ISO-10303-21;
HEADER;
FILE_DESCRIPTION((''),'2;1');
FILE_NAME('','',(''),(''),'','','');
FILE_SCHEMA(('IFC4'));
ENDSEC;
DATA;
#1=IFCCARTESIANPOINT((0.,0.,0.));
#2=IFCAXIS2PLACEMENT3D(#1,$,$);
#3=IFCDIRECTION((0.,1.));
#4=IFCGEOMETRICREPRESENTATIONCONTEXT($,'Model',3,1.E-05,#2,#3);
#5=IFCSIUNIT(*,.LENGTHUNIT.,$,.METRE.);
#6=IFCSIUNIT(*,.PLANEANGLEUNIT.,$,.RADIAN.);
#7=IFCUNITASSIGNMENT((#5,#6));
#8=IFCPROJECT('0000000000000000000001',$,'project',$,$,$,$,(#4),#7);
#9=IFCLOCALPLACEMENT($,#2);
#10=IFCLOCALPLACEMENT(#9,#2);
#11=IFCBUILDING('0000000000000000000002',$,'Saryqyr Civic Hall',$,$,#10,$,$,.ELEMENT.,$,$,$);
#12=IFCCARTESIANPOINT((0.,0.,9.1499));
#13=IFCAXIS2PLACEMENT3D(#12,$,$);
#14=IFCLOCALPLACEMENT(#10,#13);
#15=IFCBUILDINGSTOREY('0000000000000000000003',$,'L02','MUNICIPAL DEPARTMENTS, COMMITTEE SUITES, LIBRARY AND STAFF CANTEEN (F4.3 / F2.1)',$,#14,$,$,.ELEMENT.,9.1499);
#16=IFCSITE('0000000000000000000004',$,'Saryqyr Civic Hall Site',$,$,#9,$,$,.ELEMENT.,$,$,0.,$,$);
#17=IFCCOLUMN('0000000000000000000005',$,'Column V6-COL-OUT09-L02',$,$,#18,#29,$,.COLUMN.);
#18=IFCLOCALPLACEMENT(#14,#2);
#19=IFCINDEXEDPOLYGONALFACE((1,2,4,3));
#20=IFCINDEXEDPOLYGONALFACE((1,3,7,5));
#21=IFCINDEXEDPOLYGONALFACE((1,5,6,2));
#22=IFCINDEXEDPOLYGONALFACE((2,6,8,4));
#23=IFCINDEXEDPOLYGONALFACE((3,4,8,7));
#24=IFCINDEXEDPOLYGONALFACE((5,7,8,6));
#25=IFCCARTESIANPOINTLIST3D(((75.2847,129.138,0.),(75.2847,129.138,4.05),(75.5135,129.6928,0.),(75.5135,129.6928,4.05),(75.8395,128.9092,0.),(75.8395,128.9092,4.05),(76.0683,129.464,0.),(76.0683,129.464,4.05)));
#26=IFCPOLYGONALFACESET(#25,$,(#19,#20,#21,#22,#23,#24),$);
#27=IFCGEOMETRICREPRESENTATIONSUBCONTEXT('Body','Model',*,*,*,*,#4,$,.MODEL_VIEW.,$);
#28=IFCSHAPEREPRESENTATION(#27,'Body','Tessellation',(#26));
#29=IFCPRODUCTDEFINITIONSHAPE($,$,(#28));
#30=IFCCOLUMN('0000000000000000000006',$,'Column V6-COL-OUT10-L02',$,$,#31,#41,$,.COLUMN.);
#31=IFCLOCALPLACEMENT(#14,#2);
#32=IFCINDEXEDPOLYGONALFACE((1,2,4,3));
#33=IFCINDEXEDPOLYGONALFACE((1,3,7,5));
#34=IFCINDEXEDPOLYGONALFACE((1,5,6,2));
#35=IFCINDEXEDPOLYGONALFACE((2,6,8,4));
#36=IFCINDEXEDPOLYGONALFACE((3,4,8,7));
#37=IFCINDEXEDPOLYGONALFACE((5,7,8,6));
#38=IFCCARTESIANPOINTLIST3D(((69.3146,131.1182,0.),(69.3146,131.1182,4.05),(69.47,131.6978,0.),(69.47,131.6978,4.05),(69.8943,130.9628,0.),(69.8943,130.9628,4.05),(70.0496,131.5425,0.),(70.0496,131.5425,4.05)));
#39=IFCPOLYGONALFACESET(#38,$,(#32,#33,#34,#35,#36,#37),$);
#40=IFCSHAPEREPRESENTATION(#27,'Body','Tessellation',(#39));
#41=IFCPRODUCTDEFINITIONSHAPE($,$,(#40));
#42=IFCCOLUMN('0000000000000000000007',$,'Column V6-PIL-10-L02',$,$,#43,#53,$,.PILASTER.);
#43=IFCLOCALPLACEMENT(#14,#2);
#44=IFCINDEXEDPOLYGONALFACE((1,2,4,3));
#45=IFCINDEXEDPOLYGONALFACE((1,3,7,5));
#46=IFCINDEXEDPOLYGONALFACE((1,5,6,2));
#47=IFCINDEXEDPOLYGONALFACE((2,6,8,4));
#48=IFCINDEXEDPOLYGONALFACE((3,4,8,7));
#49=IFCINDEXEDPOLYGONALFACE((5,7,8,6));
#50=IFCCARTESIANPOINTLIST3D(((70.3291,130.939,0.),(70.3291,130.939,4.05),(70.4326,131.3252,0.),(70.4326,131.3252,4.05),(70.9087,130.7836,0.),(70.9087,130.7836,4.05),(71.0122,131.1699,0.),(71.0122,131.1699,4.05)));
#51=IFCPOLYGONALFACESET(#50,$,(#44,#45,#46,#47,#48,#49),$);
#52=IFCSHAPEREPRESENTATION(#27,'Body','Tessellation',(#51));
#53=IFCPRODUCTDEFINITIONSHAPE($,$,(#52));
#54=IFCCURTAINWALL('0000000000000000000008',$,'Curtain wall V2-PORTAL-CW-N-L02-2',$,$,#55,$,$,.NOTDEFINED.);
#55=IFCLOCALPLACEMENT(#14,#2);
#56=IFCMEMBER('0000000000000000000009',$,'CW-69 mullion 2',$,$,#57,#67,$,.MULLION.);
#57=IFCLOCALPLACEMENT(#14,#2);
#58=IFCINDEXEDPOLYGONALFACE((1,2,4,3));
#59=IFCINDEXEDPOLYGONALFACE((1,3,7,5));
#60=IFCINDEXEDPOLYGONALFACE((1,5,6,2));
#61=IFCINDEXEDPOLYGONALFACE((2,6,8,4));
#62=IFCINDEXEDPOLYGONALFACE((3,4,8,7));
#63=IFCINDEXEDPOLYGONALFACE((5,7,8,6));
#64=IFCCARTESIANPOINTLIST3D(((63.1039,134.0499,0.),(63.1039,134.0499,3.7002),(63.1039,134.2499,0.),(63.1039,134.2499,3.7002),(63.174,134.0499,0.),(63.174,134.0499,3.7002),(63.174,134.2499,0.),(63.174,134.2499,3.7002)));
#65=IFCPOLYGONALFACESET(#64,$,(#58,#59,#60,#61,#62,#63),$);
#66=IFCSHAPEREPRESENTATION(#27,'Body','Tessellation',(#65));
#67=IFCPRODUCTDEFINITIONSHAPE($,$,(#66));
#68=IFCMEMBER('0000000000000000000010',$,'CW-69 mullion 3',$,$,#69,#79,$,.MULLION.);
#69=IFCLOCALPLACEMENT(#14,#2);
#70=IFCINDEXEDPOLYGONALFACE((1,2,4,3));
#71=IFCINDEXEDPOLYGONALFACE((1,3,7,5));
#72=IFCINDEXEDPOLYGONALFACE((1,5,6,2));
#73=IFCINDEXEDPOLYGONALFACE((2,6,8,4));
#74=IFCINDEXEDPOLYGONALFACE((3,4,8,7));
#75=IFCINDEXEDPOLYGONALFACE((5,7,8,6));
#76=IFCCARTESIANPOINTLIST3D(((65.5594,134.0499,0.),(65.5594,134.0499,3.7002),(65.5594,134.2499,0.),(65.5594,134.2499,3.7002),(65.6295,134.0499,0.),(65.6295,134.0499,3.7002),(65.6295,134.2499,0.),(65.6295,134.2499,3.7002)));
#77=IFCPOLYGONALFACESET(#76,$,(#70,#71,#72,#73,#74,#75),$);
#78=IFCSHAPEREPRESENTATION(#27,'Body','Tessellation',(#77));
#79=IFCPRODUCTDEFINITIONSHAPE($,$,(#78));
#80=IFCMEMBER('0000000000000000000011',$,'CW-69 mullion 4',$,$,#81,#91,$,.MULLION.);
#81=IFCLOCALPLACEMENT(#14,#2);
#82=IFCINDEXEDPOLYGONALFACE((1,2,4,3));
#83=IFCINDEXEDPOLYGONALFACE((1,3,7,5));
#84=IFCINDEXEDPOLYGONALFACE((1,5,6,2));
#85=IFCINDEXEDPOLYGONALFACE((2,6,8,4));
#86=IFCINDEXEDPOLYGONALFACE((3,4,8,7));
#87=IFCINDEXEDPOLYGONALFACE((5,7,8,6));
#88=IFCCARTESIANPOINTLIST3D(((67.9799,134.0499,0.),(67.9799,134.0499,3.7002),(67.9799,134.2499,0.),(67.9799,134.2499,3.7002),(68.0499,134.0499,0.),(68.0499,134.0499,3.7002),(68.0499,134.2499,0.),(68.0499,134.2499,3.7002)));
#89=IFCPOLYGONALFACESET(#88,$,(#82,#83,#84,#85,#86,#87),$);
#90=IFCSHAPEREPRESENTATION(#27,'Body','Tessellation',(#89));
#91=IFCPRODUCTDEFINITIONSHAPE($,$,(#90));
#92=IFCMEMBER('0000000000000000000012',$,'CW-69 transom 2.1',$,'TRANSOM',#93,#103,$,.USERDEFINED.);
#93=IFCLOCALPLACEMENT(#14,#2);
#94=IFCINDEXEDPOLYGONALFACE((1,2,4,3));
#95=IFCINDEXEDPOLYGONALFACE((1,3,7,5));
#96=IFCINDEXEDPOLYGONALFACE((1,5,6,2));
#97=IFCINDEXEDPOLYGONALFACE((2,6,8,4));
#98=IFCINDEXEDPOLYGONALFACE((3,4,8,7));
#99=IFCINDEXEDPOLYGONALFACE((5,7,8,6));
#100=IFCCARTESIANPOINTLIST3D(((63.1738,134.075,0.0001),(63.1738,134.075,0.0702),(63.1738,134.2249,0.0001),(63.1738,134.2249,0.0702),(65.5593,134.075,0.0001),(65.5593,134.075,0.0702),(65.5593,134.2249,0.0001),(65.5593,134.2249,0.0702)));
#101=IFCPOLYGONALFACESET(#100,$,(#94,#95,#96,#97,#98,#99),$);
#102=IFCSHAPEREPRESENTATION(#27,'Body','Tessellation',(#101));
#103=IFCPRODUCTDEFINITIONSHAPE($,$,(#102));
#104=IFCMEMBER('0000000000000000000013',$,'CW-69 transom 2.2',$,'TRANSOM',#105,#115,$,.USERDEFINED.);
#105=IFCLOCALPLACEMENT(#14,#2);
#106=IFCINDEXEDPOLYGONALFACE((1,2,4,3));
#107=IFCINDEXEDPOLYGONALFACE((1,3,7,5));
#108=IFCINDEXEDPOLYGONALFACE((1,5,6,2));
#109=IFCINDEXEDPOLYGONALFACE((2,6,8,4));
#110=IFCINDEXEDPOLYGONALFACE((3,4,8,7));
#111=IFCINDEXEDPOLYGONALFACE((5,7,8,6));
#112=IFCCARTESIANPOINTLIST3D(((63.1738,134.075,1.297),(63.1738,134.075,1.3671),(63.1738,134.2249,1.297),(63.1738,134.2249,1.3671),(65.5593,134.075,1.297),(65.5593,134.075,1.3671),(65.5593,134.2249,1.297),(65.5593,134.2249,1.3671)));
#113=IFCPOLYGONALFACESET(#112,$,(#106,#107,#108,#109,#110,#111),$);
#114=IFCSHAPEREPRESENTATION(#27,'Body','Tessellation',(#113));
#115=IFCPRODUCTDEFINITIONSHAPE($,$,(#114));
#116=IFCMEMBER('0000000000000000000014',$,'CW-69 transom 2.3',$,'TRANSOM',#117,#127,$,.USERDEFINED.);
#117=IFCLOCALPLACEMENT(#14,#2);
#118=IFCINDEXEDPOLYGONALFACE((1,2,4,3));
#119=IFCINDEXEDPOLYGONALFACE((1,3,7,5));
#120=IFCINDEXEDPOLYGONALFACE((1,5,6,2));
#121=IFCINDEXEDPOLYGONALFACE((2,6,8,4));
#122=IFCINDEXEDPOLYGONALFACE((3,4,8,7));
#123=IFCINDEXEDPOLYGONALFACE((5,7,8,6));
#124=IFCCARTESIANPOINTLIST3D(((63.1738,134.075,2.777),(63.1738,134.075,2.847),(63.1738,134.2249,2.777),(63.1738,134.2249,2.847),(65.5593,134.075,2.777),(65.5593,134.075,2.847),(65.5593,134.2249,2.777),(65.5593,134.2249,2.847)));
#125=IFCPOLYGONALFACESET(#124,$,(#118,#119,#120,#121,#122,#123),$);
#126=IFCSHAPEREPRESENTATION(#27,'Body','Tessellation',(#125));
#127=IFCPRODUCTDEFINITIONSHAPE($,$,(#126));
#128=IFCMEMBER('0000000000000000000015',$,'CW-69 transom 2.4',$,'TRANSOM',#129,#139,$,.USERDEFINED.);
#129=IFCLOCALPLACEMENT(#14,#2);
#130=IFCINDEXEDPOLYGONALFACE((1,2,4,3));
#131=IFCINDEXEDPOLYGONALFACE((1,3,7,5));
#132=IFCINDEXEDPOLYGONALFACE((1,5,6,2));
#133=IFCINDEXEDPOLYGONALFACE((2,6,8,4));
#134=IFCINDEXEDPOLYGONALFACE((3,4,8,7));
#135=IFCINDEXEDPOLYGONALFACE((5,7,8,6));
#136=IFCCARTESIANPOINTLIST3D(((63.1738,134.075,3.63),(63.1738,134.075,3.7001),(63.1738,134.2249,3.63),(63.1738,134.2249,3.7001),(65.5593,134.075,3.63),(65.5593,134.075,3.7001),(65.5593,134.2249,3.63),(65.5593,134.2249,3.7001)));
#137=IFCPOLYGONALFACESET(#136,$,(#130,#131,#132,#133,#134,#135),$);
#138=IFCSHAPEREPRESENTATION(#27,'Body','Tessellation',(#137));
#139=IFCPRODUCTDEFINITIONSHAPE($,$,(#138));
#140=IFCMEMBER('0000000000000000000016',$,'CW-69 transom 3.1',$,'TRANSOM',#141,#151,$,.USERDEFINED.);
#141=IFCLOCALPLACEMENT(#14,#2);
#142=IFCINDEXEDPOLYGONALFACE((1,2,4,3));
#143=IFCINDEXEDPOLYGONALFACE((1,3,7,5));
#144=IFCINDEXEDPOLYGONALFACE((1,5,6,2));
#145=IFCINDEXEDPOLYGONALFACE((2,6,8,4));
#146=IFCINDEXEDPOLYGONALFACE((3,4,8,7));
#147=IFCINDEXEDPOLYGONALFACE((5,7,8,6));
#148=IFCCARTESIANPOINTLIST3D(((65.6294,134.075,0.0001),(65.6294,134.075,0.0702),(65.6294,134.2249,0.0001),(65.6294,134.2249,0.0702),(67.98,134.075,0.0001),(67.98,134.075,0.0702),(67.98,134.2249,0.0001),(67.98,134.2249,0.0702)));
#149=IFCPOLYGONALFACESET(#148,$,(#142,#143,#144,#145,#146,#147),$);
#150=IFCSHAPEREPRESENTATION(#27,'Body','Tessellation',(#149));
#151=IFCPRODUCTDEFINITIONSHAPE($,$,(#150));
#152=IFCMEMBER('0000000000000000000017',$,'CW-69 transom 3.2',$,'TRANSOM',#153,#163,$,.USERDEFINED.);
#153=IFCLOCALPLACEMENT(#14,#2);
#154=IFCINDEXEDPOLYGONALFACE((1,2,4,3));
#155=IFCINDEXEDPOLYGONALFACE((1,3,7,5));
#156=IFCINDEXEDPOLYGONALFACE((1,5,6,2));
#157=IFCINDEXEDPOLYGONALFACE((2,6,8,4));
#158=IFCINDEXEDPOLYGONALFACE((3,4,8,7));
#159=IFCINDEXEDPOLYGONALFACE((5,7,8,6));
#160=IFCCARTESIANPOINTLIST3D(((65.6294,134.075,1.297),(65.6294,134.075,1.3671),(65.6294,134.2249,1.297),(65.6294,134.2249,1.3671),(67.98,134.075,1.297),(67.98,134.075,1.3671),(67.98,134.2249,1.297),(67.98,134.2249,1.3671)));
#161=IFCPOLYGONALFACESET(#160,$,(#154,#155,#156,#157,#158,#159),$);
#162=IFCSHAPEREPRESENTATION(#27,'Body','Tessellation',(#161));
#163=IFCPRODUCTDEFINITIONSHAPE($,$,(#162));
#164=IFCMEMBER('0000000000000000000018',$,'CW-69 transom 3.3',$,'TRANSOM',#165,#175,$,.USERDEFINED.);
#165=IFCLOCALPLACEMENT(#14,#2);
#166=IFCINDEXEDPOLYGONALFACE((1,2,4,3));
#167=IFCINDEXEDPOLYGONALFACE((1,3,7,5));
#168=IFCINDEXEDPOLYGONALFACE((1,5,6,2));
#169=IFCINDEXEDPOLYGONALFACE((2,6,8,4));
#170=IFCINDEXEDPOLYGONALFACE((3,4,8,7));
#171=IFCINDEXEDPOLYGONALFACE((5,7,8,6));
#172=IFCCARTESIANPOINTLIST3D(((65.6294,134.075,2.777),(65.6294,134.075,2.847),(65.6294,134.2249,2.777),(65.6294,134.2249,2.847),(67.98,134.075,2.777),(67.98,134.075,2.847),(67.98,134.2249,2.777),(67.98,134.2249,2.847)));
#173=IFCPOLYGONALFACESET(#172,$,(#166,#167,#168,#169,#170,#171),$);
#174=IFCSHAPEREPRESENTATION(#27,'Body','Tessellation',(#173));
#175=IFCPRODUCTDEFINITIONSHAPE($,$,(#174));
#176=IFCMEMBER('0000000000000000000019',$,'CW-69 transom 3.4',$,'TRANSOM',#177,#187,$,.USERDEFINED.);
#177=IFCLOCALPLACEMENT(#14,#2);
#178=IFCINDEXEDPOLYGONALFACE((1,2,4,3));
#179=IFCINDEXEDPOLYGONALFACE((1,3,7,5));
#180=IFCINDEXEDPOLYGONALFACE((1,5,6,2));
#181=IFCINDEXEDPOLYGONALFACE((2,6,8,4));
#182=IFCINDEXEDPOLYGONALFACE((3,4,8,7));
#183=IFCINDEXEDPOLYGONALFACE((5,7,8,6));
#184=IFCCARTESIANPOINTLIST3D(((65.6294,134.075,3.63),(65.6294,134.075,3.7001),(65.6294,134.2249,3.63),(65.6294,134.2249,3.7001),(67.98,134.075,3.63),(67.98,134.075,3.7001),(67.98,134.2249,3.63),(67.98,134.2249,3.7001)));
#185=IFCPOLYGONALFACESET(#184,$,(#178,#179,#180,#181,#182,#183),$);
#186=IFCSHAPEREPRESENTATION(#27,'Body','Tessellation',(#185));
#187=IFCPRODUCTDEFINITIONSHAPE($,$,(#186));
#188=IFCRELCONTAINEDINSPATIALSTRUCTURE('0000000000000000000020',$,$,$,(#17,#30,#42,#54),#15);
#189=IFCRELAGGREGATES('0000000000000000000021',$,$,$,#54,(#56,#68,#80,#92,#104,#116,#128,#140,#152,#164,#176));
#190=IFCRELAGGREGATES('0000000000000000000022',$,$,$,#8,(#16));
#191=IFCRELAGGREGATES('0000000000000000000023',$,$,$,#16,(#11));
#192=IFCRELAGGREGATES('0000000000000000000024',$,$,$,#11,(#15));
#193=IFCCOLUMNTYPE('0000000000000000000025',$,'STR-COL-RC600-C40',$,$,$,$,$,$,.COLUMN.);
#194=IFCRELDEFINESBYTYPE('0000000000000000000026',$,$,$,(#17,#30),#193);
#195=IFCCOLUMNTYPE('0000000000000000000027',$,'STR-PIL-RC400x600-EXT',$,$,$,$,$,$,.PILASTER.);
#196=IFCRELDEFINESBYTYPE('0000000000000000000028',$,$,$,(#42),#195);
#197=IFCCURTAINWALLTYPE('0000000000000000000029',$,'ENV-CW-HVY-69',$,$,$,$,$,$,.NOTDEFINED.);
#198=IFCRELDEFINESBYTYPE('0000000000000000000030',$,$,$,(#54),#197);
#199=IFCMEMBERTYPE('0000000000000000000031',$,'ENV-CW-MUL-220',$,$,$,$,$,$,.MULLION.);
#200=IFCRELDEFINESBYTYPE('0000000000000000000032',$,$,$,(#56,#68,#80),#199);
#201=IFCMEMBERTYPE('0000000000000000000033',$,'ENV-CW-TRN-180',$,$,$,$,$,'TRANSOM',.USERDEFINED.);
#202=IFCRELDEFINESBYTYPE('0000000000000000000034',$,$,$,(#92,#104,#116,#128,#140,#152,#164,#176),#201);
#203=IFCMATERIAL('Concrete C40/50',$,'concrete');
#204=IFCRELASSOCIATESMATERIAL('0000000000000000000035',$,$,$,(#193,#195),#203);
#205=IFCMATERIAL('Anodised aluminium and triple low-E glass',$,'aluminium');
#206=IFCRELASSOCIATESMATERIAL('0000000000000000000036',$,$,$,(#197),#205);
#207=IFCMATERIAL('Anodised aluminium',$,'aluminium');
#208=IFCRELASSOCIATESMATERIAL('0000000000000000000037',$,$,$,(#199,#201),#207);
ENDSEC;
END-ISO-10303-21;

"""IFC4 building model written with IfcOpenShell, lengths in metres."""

from ifc_helpers import new_model, si_unit, direction, frame, origin, origin_2d, place, context, subcontext, project, spatial, rectangle, extrude, material, material_profile, profile_set, type_object, element, aggregate, save


model = new_model("IFC4")

# Units and contexts
model_context = context("Model", 3, precision=1e-05, world=origin(), true_north=direction((0.0, 1.0)))
body_context = subcontext(model_context, "Body", "Model", "MODEL_VIEW")
ifc_project = project(units=[si_unit("LENGTHUNIT", "METRE"), si_unit("PLANEANGLEUNIT", "RADIAN")], contexts=[model_context])

# Site, building, storey
site_placement = place(None, origin())
site = spatial("IfcSite", under=ifc_project, at=site_placement, Name="Saryqyr Civic Hall Site", CompositionType="ELEMENT", RefElevation=0.0)
building_placement = place(site_placement, origin())
building = spatial("IfcBuilding", under=site, at=building_placement, Name="Saryqyr Civic Hall", CompositionType="ELEMENT")
storey_placement = place(building_placement, frame((0.0, 0.0, 9.1499)))
storey = spatial("IfcBuildingStorey", under=building, at=storey_placement, Name="L02", Description="MUNICIPAL DEPARTMENTS, COMMITTEE SUITES, LIBRARY AND STAFF CANTEEN (F4.3 / F2.1)", CompositionType="ELEMENT", Elevation=9.1499)

# Columns
ifc_material_1 = material(Name="Concrete C40/50", Category="concrete")
ifc_material_profile_1 = material_profile(ifc_material_1, rectangle(XDim=0.6001, YDim=0.6001, at=origin_2d()), Name="RC 600x600")
ifc_profile_set_1 = profile_set([ifc_material_profile_1], Name="Concrete C40/50")
column_type_1 = type_object("IfcColumnType", Name="STR-COL-RC600-C40", PredefinedType="COLUMN", material=ifc_profile_set_1)
for number, where, z_axis, x_axis, name in (
    (1, (75.6765, 129.301, 0.0), (0.0, 0.0, 1.0), (0.381232, 0.92448, 0.0), "Column V6-COL-OUT09-L02"),
    (2, (69.6821, 131.3303, 0.0), (0.0, 0.0, 1.0), (0.258819, 0.965926, 0.0), "Column V6-COL-OUT10-L02"),
):
    element("IfcColumn", number, at=place(storey_placement, frame(where, z_axis=z_axis, x_axis=x_axis)), inside=storey, type_object=column_type_1, Name=name, PredefinedType="COLUMN", context=body_context, shape_type="SweptSolid", body=[
        extrude(rectangle(XDim=0.6001, YDim=0.6001, at=origin_2d()), origin(), (0.0, 0.0, 1.0), 4.05),
    ])
ifc_material_profile_2 = material_profile(ifc_material_1, rectangle(XDim=0.3999, YDim=0.6001, at=origin_2d()), Name="RC 400x600")
ifc_profile_set_2 = profile_set([ifc_material_profile_2], Name="Concrete C40/50")
column_type_2 = type_object("IfcColumnType", Name="STR-PIL-RC400x600-EXT", PredefinedType="PILASTER", material=ifc_profile_set_2)
column_placement = place(storey_placement, frame((70.6707, 131.0544, 0.0), z_axis=(0.0, 0.0, 1.0), x_axis=(0.258819, 0.965926, 0.0)))
element("IfcColumn", 3, at=column_placement, inside=storey, type_object=column_type_2, Name="Column V6-PIL-10-L02", PredefinedType="PILASTER", context=body_context, shape_type="SweptSolid", body=[
    extrude(rectangle(XDim=0.3999, YDim=0.6001, at=origin_2d()), origin(), (0.0, 0.0, 1.0), 4.05),
])

# Curtain wall, members
ifc_material_2 = material(Name="Anodised aluminium and triple low-E glass", Category="aluminium")
curtain_wall_type = type_object("IfcCurtainWallType", Name="ENV-CW-HVY-69", PredefinedType="NOTDEFINED", material=ifc_material_2)
curtain_wall_placement = place(storey_placement, origin())
curtain_wall = element("IfcCurtainWall", 4, at=curtain_wall_placement, inside=storey, type_object=curtain_wall_type, Name="Curtain wall V2-PORTAL-CW-N-L02-2", PredefinedType="NOTDEFINED")
ifc_material_3 = material(Name="Anodised aluminium", Category="aluminium")
ifc_material_profile_3 = material_profile(ifc_material_3, rectangle(XDim=0.0701, YDim=0.2, at=origin_2d()), Name="ALU MULLION 70x200")
ifc_profile_set_3 = profile_set([ifc_material_profile_3], Name="Anodised aluminium")
member_type_1 = type_object("IfcMemberType", Name="ENV-CW-MUL-220", PredefinedType="MULLION", material=ifc_profile_set_3)
member_1_placement = place(storey_placement, frame((63.1389, 134.1499, 0.0), z_axis=(0.0, 0.0, 1.0), x_axis=(1.0, 0.0, 0.0)))
member_1 = element("IfcMember", 5, at=member_1_placement, type_object=member_type_1, Name="CW-69 mullion 2", PredefinedType="MULLION", context=body_context, shape_type="SweptSolid", body=[
    extrude(rectangle(XDim=0.0701, YDim=0.2, at=origin_2d()), origin(), (0.0, 0.0, 1.0), 3.7002),
])
member_2_placement = place(storey_placement, frame((65.5945, 134.1499, 0.0), z_axis=(0.0, 0.0, 1.0), x_axis=(1.0, 0.0, 0.0)))
member_2 = element("IfcMember", 6, at=member_2_placement, type_object=member_type_1, Name="CW-69 mullion 3", PredefinedType="MULLION", context=body_context, shape_type="SweptSolid", body=[
    extrude(rectangle(XDim=0.0701, YDim=0.2, at=origin_2d()), origin(), (0.0, 0.0, 1.0), 3.7002),
])
member_3_placement = place(storey_placement, frame((68.0149, 134.1499, 0.0), z_axis=(0.0, 0.0, 1.0), x_axis=(1.0, 0.0, 0.0)))
member_3 = element("IfcMember", 7, at=member_3_placement, type_object=member_type_1, Name="CW-69 mullion 4", PredefinedType="MULLION", context=body_context, shape_type="SweptSolid", body=[
    extrude(rectangle(XDim=0.0701, YDim=0.2, at=origin_2d()), origin(), (0.0, 0.0, 1.0), 3.7002),
])
ifc_material_profile_4 = material_profile(ifc_material_3, rectangle(XDim=0.1499, YDim=0.0701, at=origin_2d()), Name="ALU TRANSOM 150x70")
ifc_profile_set_4 = profile_set([ifc_material_profile_4], Name="Anodised aluminium")
member_type_2 = type_object("IfcMemberType", Name="ENV-CW-TRN-180", ElementType="TRANSOM", PredefinedType="USERDEFINED", material=ifc_profile_set_4)
member_4_placement = place(storey_placement, frame((63.1738, 134.1499, 0.0352), z_axis=(1.0, 0.0, 0.0), x_axis=(0.0, 1.0, 0.0)))
member_4 = element("IfcMember", 8, at=member_4_placement, type_object=member_type_2, Name="CW-69 transom 2.1", ObjectType="TRANSOM", PredefinedType="USERDEFINED", context=body_context, shape_type="SweptSolid", body=[
    extrude(rectangle(XDim=0.1499, YDim=0.0701, at=origin_2d()), origin(), (0.0, 0.0, 1.0), 2.3855),
])
member_5_placement = place(storey_placement, frame((63.1738, 134.1499, 1.332), z_axis=(1.0, 0.0, 0.0), x_axis=(0.0, 1.0, 0.0)))
member_5 = element("IfcMember", 9, at=member_5_placement, type_object=member_type_2, Name="CW-69 transom 2.2", ObjectType="TRANSOM", PredefinedType="USERDEFINED", context=body_context, shape_type="SweptSolid", body=[
    extrude(rectangle(XDim=0.1499, YDim=0.0701, at=origin_2d()), origin(), (0.0, 0.0, 1.0), 2.3855),
])
member_6_placement = place(storey_placement, frame((63.1738, 134.1499, 2.812), z_axis=(1.0, 0.0, 0.0), x_axis=(0.0, 1.0, 0.0)))
member_6 = element("IfcMember", 10, at=member_6_placement, type_object=member_type_2, Name="CW-69 transom 2.3", ObjectType="TRANSOM", PredefinedType="USERDEFINED", context=body_context, shape_type="SweptSolid", body=[
    extrude(rectangle(XDim=0.1499, YDim=0.0701, at=origin_2d()), origin(), (0.0, 0.0, 1.0), 2.3855),
])
member_7_placement = place(storey_placement, frame((63.1738, 134.1499, 3.665), z_axis=(1.0, 0.0, 0.0), x_axis=(0.0, 1.0, 0.0)))
member_7 = element("IfcMember", 11, at=member_7_placement, type_object=member_type_2, Name="CW-69 transom 2.4", ObjectType="TRANSOM", PredefinedType="USERDEFINED", context=body_context, shape_type="SweptSolid", body=[
    extrude(rectangle(XDim=0.1499, YDim=0.0701, at=origin_2d()), origin(), (0.0, 0.0, 1.0), 2.3855),
])
member_8_placement = place(storey_placement, frame((65.6294, 134.1499, 0.0352), z_axis=(1.0, 0.0, 0.0), x_axis=(0.0, 1.0, 0.0)))
member_8 = element("IfcMember", 12, at=member_8_placement, type_object=member_type_2, Name="CW-69 transom 3.1", ObjectType="TRANSOM", PredefinedType="USERDEFINED", context=body_context, shape_type="SweptSolid", body=[
    extrude(rectangle(XDim=0.1499, YDim=0.0701, at=origin_2d()), origin(), (0.0, 0.0, 1.0), 2.3506),
])
member_9_placement = place(storey_placement, frame((65.6294, 134.1499, 1.332), z_axis=(1.0, 0.0, 0.0), x_axis=(0.0, 1.0, 0.0)))
member_9 = element("IfcMember", 13, at=member_9_placement, type_object=member_type_2, Name="CW-69 transom 3.2", ObjectType="TRANSOM", PredefinedType="USERDEFINED", context=body_context, shape_type="SweptSolid", body=[
    extrude(rectangle(XDim=0.1499, YDim=0.0701, at=origin_2d()), origin(), (0.0, 0.0, 1.0), 2.3506),
])
member_10_placement = place(storey_placement, frame((65.6294, 134.1499, 2.812), z_axis=(1.0, 0.0, 0.0), x_axis=(0.0, 1.0, 0.0)))
member_10 = element("IfcMember", 14, at=member_10_placement, type_object=member_type_2, Name="CW-69 transom 3.3", ObjectType="TRANSOM", PredefinedType="USERDEFINED", context=body_context, shape_type="SweptSolid", body=[
    extrude(rectangle(XDim=0.1499, YDim=0.0701, at=origin_2d()), origin(), (0.0, 0.0, 1.0), 2.3506),
])
member_11_placement = place(storey_placement, frame((65.6294, 134.1499, 3.665), z_axis=(1.0, 0.0, 0.0), x_axis=(0.0, 1.0, 0.0)))
member_11 = element("IfcMember", 15, at=member_11_placement, type_object=member_type_2, Name="CW-69 transom 3.4", ObjectType="TRANSOM", PredefinedType="USERDEFINED", context=body_context, shape_type="SweptSolid", body=[
    extrude(rectangle(XDim=0.1499, YDim=0.0701, at=origin_2d()), origin(), (0.0, 0.0, 1.0), 2.3506),
])

aggregate(curtain_wall, [member_1, member_2, member_3, member_4, member_5, member_6, member_7, member_8, member_9, member_10, member_11])

save(model, "model.ifc")
